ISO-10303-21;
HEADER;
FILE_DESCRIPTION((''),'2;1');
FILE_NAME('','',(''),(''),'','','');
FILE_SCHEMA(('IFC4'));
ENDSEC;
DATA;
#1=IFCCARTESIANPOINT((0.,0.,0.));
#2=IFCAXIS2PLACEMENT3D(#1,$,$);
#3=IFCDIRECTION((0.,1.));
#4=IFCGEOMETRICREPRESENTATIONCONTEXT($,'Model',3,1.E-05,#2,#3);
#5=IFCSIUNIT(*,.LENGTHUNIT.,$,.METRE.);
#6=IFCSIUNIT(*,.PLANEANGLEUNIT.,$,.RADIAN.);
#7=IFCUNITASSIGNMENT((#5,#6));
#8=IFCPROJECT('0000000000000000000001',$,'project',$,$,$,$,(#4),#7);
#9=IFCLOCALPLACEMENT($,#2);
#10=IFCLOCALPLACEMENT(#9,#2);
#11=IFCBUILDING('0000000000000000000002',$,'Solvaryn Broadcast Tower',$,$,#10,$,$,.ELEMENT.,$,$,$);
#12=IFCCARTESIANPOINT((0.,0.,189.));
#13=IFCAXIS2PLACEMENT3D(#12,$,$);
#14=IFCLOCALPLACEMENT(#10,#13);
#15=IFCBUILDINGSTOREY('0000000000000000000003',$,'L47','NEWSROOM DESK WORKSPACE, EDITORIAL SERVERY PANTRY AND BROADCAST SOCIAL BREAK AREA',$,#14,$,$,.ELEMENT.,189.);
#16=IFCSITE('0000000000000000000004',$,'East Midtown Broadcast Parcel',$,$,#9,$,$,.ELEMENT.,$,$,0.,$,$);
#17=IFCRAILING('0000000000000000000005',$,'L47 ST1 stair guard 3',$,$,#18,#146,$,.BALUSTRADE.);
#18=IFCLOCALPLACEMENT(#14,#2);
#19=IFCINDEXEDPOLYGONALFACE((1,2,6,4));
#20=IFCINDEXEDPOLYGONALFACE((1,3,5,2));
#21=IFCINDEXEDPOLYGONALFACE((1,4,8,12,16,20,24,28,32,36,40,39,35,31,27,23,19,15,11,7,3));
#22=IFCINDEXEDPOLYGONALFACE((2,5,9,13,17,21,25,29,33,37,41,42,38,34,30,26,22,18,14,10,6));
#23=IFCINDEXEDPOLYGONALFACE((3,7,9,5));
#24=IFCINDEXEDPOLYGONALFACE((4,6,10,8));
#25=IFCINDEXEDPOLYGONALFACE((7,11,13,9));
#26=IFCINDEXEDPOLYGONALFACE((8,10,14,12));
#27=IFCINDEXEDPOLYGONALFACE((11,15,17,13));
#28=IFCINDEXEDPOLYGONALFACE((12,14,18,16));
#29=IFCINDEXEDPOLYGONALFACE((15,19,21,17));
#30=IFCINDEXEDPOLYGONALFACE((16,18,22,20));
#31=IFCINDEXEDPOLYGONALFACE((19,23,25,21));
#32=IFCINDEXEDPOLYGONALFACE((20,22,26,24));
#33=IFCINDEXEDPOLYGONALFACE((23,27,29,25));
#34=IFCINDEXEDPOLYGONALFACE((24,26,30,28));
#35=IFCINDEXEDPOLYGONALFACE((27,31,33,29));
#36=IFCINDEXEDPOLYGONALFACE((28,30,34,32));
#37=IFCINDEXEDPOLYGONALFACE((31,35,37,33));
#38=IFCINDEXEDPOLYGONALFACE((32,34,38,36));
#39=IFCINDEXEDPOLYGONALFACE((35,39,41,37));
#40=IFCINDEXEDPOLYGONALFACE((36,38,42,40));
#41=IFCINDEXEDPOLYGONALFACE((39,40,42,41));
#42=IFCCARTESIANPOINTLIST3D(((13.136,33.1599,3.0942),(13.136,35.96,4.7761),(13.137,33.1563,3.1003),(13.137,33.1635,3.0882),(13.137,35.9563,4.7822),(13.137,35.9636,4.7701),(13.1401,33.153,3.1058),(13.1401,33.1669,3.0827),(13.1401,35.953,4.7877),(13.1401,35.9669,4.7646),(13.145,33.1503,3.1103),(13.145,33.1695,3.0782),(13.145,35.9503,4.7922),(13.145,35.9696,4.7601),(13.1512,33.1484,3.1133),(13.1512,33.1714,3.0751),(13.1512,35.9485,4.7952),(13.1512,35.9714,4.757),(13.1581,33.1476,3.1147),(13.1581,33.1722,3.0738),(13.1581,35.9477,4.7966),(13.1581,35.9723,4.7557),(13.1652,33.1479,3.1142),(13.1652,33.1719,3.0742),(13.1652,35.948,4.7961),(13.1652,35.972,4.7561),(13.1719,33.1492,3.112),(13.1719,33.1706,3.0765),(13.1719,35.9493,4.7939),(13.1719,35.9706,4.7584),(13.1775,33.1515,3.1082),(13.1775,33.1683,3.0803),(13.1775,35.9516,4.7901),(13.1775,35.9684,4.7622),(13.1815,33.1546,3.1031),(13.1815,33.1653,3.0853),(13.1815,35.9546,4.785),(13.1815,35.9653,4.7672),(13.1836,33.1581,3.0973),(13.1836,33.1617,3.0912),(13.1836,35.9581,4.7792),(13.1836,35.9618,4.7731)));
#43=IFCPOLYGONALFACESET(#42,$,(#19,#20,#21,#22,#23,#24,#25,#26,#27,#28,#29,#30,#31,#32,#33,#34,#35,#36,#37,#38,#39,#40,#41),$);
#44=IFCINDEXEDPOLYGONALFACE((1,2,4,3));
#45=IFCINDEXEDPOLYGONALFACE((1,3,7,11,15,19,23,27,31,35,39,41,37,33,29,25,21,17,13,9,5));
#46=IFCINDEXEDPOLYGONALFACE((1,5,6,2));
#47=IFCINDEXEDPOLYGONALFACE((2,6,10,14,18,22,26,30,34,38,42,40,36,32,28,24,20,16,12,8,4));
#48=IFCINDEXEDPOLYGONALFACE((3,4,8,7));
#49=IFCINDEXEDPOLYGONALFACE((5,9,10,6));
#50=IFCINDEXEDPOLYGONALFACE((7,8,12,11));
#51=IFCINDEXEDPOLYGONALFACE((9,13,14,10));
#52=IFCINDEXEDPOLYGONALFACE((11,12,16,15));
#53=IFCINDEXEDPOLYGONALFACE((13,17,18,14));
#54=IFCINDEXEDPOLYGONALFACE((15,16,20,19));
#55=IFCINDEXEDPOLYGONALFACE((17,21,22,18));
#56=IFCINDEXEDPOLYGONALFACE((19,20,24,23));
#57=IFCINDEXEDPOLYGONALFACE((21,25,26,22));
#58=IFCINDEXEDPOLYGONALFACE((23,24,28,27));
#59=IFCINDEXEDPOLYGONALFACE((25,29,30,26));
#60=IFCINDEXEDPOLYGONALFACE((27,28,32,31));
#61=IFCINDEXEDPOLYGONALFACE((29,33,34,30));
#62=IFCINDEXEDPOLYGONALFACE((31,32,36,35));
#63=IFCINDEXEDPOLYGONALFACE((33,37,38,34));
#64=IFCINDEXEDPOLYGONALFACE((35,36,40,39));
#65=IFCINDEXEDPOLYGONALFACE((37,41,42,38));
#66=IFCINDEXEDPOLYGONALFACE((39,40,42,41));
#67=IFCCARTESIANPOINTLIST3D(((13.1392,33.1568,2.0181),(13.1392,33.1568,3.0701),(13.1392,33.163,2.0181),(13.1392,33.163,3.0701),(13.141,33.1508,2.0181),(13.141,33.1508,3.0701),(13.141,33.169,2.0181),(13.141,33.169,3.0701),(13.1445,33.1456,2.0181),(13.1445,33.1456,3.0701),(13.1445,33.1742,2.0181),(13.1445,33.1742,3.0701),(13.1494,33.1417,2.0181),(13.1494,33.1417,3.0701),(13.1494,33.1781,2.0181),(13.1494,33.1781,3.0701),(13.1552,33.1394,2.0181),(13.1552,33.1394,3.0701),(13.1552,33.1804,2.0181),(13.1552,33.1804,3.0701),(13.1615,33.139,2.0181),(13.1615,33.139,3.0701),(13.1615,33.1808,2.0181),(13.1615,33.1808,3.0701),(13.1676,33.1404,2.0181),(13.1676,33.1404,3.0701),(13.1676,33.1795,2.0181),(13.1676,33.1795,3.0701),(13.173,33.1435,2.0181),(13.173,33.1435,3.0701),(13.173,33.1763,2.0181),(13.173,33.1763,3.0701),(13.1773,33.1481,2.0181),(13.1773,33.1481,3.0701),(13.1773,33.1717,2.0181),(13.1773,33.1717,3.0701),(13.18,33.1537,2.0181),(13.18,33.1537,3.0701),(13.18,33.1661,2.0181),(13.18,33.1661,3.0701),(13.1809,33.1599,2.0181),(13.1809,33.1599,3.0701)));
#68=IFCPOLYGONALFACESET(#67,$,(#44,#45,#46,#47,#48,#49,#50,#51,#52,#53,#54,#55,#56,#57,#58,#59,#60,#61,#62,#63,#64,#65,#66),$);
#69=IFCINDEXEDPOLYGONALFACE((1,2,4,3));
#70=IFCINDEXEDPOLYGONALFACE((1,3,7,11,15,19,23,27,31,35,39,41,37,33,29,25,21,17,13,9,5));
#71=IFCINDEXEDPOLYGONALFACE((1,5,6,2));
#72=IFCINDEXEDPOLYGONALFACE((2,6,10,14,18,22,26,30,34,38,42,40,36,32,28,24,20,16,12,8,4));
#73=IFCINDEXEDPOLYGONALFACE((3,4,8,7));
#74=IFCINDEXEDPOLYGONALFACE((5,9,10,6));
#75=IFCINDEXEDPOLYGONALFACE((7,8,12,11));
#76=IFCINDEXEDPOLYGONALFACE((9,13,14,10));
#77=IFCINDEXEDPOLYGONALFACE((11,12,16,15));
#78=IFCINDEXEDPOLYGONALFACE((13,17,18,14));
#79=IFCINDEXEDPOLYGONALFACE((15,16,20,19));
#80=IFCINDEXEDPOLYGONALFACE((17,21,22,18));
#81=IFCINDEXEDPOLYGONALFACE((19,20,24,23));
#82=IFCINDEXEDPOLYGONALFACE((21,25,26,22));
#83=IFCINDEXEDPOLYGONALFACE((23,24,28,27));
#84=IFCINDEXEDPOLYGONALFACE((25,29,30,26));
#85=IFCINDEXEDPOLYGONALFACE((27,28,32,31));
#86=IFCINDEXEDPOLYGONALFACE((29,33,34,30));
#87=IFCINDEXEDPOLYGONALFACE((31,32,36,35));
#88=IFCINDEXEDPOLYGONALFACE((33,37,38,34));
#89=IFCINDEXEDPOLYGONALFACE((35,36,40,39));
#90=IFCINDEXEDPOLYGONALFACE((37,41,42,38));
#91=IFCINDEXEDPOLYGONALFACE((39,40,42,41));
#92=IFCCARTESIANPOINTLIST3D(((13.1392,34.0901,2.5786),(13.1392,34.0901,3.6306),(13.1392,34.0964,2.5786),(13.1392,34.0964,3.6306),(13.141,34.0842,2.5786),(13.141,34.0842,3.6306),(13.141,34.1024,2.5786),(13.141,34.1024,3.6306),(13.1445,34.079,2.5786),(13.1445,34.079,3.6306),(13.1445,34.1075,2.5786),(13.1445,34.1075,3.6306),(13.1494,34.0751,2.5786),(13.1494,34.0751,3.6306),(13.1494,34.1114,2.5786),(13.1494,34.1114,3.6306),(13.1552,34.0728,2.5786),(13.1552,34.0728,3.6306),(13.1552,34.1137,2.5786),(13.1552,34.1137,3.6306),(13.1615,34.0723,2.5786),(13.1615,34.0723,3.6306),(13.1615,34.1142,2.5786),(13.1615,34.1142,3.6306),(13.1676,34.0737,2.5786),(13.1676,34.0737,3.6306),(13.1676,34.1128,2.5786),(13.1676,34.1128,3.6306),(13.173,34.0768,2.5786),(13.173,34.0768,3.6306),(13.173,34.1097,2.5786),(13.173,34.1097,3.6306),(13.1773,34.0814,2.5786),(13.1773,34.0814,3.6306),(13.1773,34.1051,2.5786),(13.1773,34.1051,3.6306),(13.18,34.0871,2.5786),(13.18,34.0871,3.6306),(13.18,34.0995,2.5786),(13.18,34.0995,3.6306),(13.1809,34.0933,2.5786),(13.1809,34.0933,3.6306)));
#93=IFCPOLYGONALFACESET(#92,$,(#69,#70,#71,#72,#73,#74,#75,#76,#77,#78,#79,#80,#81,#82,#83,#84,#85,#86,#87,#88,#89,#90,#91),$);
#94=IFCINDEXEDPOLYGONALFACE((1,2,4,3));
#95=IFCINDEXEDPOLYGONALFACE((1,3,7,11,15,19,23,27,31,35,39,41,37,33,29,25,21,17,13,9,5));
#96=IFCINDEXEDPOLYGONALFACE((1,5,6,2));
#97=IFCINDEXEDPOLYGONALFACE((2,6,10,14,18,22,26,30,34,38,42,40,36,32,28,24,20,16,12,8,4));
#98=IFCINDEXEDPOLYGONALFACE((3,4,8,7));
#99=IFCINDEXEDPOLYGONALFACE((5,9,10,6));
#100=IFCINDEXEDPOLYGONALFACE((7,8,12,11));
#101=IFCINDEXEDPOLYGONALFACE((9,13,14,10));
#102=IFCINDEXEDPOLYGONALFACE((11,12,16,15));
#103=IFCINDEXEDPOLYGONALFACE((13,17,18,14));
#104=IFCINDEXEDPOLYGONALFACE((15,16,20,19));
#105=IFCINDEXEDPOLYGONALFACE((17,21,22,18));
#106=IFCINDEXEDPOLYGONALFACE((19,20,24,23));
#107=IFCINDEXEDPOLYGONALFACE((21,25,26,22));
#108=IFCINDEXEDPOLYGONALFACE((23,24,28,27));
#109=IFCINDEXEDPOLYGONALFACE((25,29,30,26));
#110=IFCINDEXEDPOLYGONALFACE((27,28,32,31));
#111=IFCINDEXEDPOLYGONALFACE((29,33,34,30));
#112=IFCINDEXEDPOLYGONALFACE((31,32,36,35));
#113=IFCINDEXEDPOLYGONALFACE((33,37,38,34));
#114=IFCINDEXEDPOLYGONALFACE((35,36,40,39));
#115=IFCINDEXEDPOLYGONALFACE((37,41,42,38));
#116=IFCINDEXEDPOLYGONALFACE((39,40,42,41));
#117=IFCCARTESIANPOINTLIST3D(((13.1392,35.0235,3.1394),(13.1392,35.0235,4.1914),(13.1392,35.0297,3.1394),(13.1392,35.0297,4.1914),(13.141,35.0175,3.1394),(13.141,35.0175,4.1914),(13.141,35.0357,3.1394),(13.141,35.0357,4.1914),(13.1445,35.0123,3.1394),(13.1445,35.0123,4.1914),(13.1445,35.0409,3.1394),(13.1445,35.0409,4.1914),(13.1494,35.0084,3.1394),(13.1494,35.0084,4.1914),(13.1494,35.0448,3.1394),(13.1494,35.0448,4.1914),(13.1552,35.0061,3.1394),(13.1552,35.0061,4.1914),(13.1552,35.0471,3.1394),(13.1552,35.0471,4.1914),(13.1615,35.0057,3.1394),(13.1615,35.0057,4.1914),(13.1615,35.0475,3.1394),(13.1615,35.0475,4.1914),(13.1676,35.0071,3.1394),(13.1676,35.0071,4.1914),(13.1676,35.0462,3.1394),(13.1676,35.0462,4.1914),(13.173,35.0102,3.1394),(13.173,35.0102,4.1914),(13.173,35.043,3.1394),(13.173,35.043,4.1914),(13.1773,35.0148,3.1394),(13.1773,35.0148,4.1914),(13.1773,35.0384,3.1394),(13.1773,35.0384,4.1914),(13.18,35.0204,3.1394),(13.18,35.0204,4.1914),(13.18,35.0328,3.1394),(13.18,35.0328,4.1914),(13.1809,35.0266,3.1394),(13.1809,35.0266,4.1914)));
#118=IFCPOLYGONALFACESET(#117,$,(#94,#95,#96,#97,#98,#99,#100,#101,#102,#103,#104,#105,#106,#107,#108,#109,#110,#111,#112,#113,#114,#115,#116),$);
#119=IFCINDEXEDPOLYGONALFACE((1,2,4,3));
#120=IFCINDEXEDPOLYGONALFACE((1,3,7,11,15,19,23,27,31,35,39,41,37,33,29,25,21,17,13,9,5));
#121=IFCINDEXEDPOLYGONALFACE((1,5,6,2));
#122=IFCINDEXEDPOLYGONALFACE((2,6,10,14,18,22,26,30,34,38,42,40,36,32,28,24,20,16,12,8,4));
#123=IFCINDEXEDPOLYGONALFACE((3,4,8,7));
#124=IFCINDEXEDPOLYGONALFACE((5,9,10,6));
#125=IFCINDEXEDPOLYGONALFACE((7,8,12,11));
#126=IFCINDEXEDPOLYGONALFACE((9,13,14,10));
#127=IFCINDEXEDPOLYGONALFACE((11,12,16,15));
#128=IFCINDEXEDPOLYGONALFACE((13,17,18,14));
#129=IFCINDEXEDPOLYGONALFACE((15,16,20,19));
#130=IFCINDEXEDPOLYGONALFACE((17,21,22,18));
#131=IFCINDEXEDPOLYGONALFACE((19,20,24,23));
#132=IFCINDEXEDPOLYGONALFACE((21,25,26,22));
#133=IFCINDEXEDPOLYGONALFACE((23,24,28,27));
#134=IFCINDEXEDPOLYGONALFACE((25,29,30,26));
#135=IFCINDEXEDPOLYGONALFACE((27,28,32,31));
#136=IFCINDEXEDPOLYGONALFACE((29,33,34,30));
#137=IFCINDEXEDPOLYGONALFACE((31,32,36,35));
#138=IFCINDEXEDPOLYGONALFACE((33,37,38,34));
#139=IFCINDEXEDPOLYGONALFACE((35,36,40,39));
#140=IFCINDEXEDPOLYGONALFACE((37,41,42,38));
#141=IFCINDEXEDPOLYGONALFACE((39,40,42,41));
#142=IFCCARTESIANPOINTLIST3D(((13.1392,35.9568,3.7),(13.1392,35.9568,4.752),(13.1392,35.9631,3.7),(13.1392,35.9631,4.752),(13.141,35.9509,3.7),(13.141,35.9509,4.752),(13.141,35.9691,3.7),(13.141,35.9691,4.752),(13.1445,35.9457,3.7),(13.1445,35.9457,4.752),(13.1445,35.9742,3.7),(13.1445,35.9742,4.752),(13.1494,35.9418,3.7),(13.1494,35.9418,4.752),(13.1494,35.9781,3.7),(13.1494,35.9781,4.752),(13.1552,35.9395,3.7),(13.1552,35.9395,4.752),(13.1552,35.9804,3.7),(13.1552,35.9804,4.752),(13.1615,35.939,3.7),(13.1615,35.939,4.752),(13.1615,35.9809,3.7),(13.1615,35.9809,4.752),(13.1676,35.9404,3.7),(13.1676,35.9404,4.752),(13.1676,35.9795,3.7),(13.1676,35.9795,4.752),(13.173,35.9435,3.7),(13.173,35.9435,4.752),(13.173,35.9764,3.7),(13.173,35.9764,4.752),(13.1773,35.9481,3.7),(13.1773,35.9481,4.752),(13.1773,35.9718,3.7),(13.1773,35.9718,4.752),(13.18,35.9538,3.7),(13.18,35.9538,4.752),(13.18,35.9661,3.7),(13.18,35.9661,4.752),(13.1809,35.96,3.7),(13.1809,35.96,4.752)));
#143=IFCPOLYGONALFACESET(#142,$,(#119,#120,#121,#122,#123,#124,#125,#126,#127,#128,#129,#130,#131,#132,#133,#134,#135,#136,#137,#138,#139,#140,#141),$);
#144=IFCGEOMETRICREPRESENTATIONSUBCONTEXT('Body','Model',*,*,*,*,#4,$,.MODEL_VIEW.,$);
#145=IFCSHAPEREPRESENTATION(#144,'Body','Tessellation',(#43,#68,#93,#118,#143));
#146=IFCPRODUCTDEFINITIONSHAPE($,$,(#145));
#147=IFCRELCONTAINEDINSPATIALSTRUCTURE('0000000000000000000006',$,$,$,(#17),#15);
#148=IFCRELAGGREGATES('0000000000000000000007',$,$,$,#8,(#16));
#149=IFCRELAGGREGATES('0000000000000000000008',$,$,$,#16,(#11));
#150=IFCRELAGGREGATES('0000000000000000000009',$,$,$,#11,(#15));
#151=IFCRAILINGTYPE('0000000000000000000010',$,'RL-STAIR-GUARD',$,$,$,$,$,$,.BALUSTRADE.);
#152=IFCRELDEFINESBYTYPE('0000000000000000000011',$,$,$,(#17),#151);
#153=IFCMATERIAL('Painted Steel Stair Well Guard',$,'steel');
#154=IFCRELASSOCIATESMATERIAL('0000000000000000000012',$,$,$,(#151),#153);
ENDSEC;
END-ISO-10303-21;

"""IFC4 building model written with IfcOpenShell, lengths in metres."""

from ifc_helpers import new_model, si_unit, direction, frame, origin, origin_2d, place, context, subcontext, project, spatial, circle, extrude, material, type_object, element, save


model = new_model("IFC4")

# Units and contexts
model_context = context("Model", 3, precision=1e-05, world=origin(), true_north=direction((0.0, 1.0)))
body_context = subcontext(model_context, "Body", "Model", "MODEL_VIEW")
ifc_project = project(units=[si_unit("LENGTHUNIT", "METRE"), si_unit("PLANEANGLEUNIT", "RADIAN")], contexts=[model_context])

# Site, building, storey
site_placement = place(None, origin())
site = spatial("IfcSite", under=ifc_project, at=site_placement, Name="East Midtown Broadcast Parcel", CompositionType="ELEMENT", RefElevation=0.0)
building_placement = place(site_placement, origin())
building = spatial("IfcBuilding", under=site, at=building_placement, Name="Solvaryn Broadcast Tower", CompositionType="ELEMENT")
storey_placement = place(building_placement, frame((0.0, 0.0, 189.0)))
storey = spatial("IfcBuildingStorey", under=building, at=storey_placement, Name="L47", Description="NEWSROOM DESK WORKSPACE, EDITORIAL SERVERY PANTRY AND BROADCAST SOCIAL BREAK AREA", CompositionType="ELEMENT", Elevation=189.0)

# Railing
ifc_material_1 = material(Name="Painted Steel Stair Well Guard", Category="steel")
railing_type_1 = type_object("IfcRailingType", Name="RL-STAIR-GUARD", PredefinedType="BALUSTRADE", material=ifc_material_1)
railing_1_placement = place(storey_placement, frame((13.1599, 33.1599, 2.0181)))
element("IfcRailing", 1, at=railing_1_placement, inside=storey, type_object=railing_type_1, Name="L47 ST1 stair guard 3", PredefinedType="BALUSTRADE", context=body_context, shape_type="SweptSolid", body=[
    extrude(circle(Radius=0.0239, at=origin_2d()), frame((0.0, 0.0, 1.0762), z_axis=(0.0, 0.857242, 0.514913), x_axis=(-1.0, 0.0, 0.0)), (0.0, 0.0, 1.0), 3.2664),
    extrude(circle(Radius=0.021, at=origin_2d()), origin(), (0.0, 0.0, 1.0), 1.052),
    extrude(circle(Radius=0.021, at=origin_2d()), frame((0.0, 0.9333, 0.5605)), (0.0, 0.0, 1.0), 1.052),
    extrude(circle(Radius=0.021, at=origin_2d()), frame((0.0, 1.8667, 1.1213)), (0.0, 0.0, 1.0), 1.052),
    extrude(circle(Radius=0.021, at=origin_2d()), frame((0.0, 2.8, 1.6819)), (0.0, 0.0, 1.0), 1.052),
])

save(model, "model.ifc")
